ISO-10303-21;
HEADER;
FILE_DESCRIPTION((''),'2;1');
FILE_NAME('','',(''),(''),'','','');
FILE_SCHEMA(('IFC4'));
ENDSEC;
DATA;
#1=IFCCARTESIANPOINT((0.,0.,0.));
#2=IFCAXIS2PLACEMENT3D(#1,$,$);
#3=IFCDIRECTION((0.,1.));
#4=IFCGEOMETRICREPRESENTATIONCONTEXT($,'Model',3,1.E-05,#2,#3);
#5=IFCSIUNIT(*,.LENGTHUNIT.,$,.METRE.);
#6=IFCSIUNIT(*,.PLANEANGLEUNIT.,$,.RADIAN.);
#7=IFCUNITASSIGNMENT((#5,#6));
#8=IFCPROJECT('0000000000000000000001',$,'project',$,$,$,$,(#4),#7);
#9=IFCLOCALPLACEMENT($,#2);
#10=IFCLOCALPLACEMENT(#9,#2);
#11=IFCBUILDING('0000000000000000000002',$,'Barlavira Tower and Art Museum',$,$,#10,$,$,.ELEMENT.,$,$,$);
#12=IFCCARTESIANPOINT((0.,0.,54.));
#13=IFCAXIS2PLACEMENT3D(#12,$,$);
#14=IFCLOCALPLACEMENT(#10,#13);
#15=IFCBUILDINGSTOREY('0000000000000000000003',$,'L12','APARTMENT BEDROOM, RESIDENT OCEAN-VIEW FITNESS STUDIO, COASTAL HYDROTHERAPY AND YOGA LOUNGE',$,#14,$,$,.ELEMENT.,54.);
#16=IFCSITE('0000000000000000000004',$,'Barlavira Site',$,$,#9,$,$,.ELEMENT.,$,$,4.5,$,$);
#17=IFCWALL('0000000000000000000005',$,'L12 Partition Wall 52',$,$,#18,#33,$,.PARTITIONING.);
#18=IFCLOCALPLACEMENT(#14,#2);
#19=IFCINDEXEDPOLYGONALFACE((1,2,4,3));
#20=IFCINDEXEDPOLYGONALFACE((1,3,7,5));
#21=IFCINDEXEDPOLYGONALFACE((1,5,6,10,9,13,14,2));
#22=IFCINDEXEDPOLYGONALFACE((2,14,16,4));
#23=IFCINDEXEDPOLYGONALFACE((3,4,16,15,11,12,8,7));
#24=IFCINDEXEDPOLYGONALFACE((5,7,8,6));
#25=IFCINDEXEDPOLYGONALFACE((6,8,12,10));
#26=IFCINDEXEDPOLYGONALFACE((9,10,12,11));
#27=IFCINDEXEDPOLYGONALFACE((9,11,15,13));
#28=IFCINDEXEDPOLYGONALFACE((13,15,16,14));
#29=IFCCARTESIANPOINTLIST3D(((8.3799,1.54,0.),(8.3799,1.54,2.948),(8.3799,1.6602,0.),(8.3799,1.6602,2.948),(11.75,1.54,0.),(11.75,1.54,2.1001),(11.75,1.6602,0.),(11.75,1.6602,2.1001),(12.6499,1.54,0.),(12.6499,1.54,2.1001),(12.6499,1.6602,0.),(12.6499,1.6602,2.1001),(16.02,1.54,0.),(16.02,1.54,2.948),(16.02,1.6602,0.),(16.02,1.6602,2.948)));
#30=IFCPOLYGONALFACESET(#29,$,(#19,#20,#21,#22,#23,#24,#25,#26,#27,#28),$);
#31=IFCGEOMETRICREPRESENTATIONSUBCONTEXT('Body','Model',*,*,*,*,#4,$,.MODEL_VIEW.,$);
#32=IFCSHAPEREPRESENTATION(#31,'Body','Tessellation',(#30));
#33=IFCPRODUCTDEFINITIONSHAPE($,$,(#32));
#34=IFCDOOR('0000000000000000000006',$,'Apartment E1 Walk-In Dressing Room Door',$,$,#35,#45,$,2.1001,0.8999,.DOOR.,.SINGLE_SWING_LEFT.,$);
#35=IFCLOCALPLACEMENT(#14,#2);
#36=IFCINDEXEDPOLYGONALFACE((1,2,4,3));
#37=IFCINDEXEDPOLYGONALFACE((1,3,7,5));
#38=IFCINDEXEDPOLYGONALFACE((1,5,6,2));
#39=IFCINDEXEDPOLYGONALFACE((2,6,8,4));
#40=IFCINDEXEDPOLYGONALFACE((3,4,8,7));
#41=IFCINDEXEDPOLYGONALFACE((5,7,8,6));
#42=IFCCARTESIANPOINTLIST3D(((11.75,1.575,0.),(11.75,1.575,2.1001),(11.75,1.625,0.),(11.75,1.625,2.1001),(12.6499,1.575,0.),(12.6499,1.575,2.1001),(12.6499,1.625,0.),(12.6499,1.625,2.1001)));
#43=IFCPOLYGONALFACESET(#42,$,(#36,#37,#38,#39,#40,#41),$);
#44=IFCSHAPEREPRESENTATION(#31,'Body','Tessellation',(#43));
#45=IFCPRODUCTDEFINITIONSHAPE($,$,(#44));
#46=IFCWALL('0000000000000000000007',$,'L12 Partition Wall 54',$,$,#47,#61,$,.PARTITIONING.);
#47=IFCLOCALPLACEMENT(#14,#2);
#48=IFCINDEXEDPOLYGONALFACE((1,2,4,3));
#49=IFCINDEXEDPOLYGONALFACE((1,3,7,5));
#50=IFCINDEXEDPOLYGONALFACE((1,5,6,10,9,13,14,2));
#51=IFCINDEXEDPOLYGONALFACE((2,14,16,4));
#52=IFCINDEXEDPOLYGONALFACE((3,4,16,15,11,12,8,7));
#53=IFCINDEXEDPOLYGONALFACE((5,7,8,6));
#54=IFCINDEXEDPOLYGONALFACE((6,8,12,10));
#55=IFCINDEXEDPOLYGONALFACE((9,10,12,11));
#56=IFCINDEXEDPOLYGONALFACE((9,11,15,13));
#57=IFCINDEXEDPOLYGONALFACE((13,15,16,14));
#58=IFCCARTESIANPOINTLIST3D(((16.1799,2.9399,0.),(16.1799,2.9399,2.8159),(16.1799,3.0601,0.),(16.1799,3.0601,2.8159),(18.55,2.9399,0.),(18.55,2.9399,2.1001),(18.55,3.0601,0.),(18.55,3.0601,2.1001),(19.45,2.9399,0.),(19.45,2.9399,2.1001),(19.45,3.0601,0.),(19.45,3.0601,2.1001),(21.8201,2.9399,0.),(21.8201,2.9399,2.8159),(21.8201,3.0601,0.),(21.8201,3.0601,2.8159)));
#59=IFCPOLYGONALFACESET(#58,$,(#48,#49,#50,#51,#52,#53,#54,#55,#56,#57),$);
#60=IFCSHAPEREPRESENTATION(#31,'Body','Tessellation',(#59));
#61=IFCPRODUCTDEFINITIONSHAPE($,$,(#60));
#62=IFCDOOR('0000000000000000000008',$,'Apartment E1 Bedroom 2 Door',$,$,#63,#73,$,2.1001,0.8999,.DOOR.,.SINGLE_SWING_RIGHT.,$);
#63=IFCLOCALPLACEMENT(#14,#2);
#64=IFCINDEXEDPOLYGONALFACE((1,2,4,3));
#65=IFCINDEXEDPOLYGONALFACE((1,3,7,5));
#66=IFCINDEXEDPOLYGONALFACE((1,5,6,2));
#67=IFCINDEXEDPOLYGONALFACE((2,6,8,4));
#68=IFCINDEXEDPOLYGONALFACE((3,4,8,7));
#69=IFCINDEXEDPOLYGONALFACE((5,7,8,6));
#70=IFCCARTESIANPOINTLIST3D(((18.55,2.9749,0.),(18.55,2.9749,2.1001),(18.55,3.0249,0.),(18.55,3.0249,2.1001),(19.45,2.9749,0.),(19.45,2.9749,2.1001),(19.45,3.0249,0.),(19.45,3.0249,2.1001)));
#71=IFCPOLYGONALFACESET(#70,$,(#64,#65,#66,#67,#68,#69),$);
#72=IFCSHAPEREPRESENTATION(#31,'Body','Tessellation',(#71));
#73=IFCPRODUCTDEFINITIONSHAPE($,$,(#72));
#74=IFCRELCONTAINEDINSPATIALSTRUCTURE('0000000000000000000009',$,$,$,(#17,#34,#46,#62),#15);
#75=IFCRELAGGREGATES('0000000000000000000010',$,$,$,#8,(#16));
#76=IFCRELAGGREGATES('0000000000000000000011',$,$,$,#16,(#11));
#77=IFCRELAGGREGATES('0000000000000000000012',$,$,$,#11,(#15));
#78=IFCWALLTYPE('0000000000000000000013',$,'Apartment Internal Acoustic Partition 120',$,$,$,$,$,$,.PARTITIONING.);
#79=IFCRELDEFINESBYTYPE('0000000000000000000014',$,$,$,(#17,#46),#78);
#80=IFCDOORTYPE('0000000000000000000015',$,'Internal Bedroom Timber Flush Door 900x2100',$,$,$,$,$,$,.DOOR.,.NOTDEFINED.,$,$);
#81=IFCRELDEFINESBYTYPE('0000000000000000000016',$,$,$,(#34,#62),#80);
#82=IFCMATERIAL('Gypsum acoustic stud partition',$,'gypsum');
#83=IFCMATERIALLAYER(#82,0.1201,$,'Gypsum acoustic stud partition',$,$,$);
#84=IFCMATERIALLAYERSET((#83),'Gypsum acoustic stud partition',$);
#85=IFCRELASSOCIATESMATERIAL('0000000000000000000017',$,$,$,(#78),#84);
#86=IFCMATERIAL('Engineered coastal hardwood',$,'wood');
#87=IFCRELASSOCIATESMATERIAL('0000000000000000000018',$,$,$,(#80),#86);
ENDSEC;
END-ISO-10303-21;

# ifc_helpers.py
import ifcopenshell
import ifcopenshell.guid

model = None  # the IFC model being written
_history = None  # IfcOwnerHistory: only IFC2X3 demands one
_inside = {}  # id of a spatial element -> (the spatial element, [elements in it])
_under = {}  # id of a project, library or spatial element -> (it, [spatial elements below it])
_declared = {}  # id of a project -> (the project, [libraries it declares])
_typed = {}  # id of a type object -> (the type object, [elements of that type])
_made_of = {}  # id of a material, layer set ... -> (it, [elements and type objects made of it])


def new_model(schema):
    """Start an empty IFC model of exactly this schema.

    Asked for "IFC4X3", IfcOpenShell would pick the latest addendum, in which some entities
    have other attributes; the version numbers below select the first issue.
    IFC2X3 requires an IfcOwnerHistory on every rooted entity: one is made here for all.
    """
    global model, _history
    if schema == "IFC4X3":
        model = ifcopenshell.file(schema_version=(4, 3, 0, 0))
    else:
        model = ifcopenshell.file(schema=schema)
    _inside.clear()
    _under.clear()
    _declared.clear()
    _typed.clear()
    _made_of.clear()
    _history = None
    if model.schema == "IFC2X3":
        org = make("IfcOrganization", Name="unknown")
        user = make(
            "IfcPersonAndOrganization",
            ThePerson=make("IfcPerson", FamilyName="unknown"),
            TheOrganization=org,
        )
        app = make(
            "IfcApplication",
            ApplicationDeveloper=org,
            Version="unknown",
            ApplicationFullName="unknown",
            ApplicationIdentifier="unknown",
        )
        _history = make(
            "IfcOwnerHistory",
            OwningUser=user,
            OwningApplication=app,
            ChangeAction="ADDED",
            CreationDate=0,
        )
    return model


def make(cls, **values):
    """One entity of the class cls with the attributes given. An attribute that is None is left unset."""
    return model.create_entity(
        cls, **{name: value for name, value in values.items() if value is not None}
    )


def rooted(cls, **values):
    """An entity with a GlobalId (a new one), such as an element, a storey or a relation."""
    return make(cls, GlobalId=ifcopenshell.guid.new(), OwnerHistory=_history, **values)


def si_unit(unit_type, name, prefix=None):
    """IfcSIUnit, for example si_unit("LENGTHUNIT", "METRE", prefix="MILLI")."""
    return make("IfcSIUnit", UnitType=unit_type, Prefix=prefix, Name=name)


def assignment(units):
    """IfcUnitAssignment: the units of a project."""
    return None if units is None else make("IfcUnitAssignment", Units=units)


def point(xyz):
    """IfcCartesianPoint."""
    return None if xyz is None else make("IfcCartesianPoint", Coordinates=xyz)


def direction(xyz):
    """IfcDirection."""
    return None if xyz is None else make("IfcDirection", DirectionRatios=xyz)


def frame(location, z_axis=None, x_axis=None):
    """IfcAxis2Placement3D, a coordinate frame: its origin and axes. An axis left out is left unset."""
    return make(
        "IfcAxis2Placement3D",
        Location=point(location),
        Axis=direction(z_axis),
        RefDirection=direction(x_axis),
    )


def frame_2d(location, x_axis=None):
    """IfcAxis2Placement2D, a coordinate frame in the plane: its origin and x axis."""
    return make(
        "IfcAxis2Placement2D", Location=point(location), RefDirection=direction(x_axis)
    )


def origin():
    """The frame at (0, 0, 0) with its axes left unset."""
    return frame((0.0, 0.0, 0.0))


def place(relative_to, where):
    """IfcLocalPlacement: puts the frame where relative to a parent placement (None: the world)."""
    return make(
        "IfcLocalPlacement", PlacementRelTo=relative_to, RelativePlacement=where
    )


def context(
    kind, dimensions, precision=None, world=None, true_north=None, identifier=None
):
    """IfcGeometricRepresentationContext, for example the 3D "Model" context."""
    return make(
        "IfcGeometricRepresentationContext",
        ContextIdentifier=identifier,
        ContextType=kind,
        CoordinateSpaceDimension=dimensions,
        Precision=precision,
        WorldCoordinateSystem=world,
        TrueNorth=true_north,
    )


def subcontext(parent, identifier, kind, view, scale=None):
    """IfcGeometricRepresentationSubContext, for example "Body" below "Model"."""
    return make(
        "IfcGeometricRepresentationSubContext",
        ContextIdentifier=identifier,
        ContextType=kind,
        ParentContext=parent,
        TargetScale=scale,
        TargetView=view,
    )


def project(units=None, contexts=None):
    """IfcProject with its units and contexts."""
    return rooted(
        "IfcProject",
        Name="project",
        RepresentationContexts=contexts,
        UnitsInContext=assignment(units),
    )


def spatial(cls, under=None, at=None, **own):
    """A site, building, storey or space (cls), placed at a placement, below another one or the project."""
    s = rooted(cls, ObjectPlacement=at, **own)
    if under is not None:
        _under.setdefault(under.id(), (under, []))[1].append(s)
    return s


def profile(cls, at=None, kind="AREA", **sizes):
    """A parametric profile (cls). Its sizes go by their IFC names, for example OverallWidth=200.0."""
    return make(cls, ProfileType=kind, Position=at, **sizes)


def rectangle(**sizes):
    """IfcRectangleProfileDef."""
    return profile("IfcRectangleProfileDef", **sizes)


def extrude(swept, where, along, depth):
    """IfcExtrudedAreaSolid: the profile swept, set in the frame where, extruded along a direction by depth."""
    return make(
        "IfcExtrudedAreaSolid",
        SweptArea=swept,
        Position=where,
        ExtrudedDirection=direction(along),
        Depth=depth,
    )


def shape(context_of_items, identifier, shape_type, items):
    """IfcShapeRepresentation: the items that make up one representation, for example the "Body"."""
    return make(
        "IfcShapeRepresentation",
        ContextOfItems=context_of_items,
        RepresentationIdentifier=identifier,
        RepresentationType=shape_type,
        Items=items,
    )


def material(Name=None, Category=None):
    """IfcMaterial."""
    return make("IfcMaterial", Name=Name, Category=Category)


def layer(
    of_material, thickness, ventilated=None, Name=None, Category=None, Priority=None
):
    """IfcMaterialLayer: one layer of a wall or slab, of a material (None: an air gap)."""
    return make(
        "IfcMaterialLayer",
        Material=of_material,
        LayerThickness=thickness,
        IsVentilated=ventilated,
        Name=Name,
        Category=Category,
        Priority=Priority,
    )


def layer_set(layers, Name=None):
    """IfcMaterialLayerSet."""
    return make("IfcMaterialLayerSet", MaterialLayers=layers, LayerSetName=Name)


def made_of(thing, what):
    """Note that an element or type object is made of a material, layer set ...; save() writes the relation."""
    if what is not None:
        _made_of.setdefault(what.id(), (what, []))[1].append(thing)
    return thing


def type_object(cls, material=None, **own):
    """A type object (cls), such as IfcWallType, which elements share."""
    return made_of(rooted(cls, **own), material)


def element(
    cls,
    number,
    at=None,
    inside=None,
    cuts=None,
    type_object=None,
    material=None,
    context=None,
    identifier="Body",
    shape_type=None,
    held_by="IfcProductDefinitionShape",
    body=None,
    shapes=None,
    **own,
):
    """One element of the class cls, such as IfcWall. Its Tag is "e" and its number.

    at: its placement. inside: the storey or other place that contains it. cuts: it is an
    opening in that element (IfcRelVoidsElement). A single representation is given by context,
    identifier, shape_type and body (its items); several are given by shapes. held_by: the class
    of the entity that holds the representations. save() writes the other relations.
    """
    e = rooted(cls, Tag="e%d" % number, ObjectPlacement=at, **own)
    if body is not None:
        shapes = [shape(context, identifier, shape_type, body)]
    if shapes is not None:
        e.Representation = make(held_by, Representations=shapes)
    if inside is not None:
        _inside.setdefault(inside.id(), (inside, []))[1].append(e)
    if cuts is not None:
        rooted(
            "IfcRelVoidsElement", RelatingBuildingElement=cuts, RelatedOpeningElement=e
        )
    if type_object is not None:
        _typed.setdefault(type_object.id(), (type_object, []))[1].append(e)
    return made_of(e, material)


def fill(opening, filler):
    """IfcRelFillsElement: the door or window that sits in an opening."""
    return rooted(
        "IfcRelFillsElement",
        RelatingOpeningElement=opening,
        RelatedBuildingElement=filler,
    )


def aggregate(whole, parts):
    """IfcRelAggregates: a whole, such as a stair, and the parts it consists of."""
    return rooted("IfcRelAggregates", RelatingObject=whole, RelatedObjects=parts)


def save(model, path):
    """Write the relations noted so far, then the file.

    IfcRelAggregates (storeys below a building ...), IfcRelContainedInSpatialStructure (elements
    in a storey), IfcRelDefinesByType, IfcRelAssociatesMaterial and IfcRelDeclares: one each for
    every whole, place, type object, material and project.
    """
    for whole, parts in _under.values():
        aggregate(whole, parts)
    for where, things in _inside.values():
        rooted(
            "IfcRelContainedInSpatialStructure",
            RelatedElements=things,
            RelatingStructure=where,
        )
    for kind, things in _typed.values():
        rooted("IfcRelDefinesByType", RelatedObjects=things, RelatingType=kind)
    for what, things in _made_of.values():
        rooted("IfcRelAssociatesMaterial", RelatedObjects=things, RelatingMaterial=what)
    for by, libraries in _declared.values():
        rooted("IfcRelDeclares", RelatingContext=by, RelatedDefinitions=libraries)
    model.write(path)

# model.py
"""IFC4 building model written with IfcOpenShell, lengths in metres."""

from ifc_helpers import new_model, si_unit, direction, frame, frame_2d, origin, place, context, subcontext, project, spatial, rectangle, extrude, material, layer, layer_set, type_object, element, fill, save


model = new_model("IFC4")

# Units and contexts
model_context = context("Model", 3, precision=1e-05, world=origin(), true_north=direction((0.0, 1.0)))
body_context = subcontext(model_context, "Body", "Model", "MODEL_VIEW")
ifc_project = project(units=[si_unit("LENGTHUNIT", "METRE"), si_unit("PLANEANGLEUNIT", "RADIAN")], contexts=[model_context])

# Site, building, storey
site_placement = place(None, origin())
site = spatial("IfcSite", under=ifc_project, at=site_placement, Name="Barlavira Site", CompositionType="ELEMENT", RefElevation=4.5)
building_placement = place(site_placement, origin())
building = spatial("IfcBuilding", under=site, at=building_placement, Name="Barlavira Tower and Art Museum", CompositionType="ELEMENT")
storey_placement = place(building_placement, frame((0.0, 0.0, 54.0)))
storey = spatial("IfcBuildingStorey", under=building, at=storey_placement, Name="L12", Description="APARTMENT BEDROOM, RESIDENT OCEAN-VIEW FITNESS STUDIO, COASTAL HYDROTHERAPY AND YOGA LOUNGE", CompositionType="ELEMENT", Elevation=54.0)

# Walls, openings, doors
ifc_material_1 = material(Name="Gypsum acoustic stud partition", Category="gypsum")
ifc_layer_1 = layer(ifc_material_1, 0.1201, Name="Gypsum acoustic stud partition")
ifc_layer_set_1 = layer_set([ifc_layer_1], Name="Gypsum acoustic stud partition")
wall_type = type_object("IfcWallType", Name="Apartment Internal Acoustic Partition 120", PredefinedType="PARTITIONING", material=ifc_layer_set_1)
ifc_material_2 = material(Name="Engineered coastal hardwood", Category="wood")
door_type_1 = type_object("IfcDoorType", Name="Internal Bedroom Timber Flush Door 900x2100", OperationType="NOTDEFINED", PredefinedType="DOOR", material=ifc_material_2)
wall_1_placement = place(storey_placement, frame((8.3799, 1.6001, 0.0), z_axis=(0.0, 0.0, 1.0), x_axis=(1.0, 0.0, 0.0)))
wall_1 = element("IfcWall", 1, at=wall_1_placement, inside=storey, type_object=wall_type, Name="L12 Partition Wall 52", PredefinedType="PARTITIONING", context=body_context, shape_type="SweptSolid", body=[
    extrude(rectangle(XDim=7.6401, YDim=0.1201, at=frame_2d((3.8201, 0.0))), origin(), (0.0, 0.0, 1.0), 2.948),
])
opening_1_placement = place(wall_1_placement, frame((3.3701, 0.0, 0.0)))
opening_1 = element("IfcOpeningElement", 2, at=opening_1_placement, cuts=wall_1, PredefinedType="OPENING", context=body_context, shape_type="SweptSolid", body=[
    extrude(rectangle(XDim=0.8999, YDim=2.1001, at=frame_2d((0.45, 1.05))), frame((0.0, 0.0701, 0.0), z_axis=(0.0, -1.0, 0.0), x_axis=(1.0, 0.0, 0.0)), (0.0, 0.0, 1.0), 0.1401),
])
door_1_placement = place(opening_1_placement, origin())
door_1 = element("IfcDoor", 3, at=door_1_placement, inside=storey, type_object=door_type_1, Name="Apartment E1 Walk-In Dressing Room Door", OperationType="SINGLE_SWING_LEFT", OverallHeight=2.1001, OverallWidth=0.8999, PredefinedType="DOOR", context=body_context, shape_type="SweptSolid", body=[
    extrude(rectangle(XDim=0.8999, YDim=2.1001, at=frame_2d((0.45, 1.05))), frame((0.0, 0.0249, 0.0), z_axis=(0.0, -1.0, 0.0), x_axis=(1.0, 0.0, 0.0)), (0.0, 0.0, 1.0), 0.05),
])
fill(opening_1, door_1)
wall_2_placement = place(storey_placement, frame((16.1799, 3.0, 0.0), z_axis=(0.0, 0.0, 1.0), x_axis=(1.0, 0.0, 0.0)))
wall_2 = element("IfcWall", 4, at=wall_2_placement, inside=storey, type_object=wall_type, Name="L12 Partition Wall 54", PredefinedType="PARTITIONING", context=body_context, shape_type="SweptSolid", body=[
    extrude(rectangle(XDim=5.6401, YDim=0.1201, at=frame_2d((2.8201, 0.0))), origin(), (0.0, 0.0, 1.0), 2.8159),
])
opening_2_placement = place(wall_2_placement, frame((2.3701, 0.0, 0.0)))
opening_2 = element("IfcOpeningElement", 5, at=opening_2_placement, cuts=wall_2, PredefinedType="OPENING", context=body_context, shape_type="SweptSolid", body=[
    extrude(rectangle(XDim=0.8999, YDim=2.1001, at=frame_2d((0.45, 1.05))), frame((0.0, 0.0701, 0.0), z_axis=(0.0, -1.0, 0.0), x_axis=(1.0, 0.0, 0.0)), (0.0, 0.0, 1.0), 0.1401),
])
door_2_placement = place(opening_2_placement, origin())
door_2 = element("IfcDoor", 6, at=door_2_placement, inside=storey, type_object=door_type_1, Name="Apartment E1 Bedroom 2 Door", OperationType="SINGLE_SWING_RIGHT", OverallHeight=2.1001, OverallWidth=0.8999, PredefinedType="DOOR", context=body_context, shape_type="SweptSolid", body=[
    extrude(rectangle(XDim=0.8999, YDim=2.1001, at=frame_2d((0.45, 1.05))), frame((0.0, 0.0249, 0.0), z_axis=(0.0, -1.0, 0.0), x_axis=(1.0, 0.0, 0.0)), (0.0, 0.0, 1.0), 0.05),
])
fill(opening_2, door_2)

save(model, "model.ifc")
